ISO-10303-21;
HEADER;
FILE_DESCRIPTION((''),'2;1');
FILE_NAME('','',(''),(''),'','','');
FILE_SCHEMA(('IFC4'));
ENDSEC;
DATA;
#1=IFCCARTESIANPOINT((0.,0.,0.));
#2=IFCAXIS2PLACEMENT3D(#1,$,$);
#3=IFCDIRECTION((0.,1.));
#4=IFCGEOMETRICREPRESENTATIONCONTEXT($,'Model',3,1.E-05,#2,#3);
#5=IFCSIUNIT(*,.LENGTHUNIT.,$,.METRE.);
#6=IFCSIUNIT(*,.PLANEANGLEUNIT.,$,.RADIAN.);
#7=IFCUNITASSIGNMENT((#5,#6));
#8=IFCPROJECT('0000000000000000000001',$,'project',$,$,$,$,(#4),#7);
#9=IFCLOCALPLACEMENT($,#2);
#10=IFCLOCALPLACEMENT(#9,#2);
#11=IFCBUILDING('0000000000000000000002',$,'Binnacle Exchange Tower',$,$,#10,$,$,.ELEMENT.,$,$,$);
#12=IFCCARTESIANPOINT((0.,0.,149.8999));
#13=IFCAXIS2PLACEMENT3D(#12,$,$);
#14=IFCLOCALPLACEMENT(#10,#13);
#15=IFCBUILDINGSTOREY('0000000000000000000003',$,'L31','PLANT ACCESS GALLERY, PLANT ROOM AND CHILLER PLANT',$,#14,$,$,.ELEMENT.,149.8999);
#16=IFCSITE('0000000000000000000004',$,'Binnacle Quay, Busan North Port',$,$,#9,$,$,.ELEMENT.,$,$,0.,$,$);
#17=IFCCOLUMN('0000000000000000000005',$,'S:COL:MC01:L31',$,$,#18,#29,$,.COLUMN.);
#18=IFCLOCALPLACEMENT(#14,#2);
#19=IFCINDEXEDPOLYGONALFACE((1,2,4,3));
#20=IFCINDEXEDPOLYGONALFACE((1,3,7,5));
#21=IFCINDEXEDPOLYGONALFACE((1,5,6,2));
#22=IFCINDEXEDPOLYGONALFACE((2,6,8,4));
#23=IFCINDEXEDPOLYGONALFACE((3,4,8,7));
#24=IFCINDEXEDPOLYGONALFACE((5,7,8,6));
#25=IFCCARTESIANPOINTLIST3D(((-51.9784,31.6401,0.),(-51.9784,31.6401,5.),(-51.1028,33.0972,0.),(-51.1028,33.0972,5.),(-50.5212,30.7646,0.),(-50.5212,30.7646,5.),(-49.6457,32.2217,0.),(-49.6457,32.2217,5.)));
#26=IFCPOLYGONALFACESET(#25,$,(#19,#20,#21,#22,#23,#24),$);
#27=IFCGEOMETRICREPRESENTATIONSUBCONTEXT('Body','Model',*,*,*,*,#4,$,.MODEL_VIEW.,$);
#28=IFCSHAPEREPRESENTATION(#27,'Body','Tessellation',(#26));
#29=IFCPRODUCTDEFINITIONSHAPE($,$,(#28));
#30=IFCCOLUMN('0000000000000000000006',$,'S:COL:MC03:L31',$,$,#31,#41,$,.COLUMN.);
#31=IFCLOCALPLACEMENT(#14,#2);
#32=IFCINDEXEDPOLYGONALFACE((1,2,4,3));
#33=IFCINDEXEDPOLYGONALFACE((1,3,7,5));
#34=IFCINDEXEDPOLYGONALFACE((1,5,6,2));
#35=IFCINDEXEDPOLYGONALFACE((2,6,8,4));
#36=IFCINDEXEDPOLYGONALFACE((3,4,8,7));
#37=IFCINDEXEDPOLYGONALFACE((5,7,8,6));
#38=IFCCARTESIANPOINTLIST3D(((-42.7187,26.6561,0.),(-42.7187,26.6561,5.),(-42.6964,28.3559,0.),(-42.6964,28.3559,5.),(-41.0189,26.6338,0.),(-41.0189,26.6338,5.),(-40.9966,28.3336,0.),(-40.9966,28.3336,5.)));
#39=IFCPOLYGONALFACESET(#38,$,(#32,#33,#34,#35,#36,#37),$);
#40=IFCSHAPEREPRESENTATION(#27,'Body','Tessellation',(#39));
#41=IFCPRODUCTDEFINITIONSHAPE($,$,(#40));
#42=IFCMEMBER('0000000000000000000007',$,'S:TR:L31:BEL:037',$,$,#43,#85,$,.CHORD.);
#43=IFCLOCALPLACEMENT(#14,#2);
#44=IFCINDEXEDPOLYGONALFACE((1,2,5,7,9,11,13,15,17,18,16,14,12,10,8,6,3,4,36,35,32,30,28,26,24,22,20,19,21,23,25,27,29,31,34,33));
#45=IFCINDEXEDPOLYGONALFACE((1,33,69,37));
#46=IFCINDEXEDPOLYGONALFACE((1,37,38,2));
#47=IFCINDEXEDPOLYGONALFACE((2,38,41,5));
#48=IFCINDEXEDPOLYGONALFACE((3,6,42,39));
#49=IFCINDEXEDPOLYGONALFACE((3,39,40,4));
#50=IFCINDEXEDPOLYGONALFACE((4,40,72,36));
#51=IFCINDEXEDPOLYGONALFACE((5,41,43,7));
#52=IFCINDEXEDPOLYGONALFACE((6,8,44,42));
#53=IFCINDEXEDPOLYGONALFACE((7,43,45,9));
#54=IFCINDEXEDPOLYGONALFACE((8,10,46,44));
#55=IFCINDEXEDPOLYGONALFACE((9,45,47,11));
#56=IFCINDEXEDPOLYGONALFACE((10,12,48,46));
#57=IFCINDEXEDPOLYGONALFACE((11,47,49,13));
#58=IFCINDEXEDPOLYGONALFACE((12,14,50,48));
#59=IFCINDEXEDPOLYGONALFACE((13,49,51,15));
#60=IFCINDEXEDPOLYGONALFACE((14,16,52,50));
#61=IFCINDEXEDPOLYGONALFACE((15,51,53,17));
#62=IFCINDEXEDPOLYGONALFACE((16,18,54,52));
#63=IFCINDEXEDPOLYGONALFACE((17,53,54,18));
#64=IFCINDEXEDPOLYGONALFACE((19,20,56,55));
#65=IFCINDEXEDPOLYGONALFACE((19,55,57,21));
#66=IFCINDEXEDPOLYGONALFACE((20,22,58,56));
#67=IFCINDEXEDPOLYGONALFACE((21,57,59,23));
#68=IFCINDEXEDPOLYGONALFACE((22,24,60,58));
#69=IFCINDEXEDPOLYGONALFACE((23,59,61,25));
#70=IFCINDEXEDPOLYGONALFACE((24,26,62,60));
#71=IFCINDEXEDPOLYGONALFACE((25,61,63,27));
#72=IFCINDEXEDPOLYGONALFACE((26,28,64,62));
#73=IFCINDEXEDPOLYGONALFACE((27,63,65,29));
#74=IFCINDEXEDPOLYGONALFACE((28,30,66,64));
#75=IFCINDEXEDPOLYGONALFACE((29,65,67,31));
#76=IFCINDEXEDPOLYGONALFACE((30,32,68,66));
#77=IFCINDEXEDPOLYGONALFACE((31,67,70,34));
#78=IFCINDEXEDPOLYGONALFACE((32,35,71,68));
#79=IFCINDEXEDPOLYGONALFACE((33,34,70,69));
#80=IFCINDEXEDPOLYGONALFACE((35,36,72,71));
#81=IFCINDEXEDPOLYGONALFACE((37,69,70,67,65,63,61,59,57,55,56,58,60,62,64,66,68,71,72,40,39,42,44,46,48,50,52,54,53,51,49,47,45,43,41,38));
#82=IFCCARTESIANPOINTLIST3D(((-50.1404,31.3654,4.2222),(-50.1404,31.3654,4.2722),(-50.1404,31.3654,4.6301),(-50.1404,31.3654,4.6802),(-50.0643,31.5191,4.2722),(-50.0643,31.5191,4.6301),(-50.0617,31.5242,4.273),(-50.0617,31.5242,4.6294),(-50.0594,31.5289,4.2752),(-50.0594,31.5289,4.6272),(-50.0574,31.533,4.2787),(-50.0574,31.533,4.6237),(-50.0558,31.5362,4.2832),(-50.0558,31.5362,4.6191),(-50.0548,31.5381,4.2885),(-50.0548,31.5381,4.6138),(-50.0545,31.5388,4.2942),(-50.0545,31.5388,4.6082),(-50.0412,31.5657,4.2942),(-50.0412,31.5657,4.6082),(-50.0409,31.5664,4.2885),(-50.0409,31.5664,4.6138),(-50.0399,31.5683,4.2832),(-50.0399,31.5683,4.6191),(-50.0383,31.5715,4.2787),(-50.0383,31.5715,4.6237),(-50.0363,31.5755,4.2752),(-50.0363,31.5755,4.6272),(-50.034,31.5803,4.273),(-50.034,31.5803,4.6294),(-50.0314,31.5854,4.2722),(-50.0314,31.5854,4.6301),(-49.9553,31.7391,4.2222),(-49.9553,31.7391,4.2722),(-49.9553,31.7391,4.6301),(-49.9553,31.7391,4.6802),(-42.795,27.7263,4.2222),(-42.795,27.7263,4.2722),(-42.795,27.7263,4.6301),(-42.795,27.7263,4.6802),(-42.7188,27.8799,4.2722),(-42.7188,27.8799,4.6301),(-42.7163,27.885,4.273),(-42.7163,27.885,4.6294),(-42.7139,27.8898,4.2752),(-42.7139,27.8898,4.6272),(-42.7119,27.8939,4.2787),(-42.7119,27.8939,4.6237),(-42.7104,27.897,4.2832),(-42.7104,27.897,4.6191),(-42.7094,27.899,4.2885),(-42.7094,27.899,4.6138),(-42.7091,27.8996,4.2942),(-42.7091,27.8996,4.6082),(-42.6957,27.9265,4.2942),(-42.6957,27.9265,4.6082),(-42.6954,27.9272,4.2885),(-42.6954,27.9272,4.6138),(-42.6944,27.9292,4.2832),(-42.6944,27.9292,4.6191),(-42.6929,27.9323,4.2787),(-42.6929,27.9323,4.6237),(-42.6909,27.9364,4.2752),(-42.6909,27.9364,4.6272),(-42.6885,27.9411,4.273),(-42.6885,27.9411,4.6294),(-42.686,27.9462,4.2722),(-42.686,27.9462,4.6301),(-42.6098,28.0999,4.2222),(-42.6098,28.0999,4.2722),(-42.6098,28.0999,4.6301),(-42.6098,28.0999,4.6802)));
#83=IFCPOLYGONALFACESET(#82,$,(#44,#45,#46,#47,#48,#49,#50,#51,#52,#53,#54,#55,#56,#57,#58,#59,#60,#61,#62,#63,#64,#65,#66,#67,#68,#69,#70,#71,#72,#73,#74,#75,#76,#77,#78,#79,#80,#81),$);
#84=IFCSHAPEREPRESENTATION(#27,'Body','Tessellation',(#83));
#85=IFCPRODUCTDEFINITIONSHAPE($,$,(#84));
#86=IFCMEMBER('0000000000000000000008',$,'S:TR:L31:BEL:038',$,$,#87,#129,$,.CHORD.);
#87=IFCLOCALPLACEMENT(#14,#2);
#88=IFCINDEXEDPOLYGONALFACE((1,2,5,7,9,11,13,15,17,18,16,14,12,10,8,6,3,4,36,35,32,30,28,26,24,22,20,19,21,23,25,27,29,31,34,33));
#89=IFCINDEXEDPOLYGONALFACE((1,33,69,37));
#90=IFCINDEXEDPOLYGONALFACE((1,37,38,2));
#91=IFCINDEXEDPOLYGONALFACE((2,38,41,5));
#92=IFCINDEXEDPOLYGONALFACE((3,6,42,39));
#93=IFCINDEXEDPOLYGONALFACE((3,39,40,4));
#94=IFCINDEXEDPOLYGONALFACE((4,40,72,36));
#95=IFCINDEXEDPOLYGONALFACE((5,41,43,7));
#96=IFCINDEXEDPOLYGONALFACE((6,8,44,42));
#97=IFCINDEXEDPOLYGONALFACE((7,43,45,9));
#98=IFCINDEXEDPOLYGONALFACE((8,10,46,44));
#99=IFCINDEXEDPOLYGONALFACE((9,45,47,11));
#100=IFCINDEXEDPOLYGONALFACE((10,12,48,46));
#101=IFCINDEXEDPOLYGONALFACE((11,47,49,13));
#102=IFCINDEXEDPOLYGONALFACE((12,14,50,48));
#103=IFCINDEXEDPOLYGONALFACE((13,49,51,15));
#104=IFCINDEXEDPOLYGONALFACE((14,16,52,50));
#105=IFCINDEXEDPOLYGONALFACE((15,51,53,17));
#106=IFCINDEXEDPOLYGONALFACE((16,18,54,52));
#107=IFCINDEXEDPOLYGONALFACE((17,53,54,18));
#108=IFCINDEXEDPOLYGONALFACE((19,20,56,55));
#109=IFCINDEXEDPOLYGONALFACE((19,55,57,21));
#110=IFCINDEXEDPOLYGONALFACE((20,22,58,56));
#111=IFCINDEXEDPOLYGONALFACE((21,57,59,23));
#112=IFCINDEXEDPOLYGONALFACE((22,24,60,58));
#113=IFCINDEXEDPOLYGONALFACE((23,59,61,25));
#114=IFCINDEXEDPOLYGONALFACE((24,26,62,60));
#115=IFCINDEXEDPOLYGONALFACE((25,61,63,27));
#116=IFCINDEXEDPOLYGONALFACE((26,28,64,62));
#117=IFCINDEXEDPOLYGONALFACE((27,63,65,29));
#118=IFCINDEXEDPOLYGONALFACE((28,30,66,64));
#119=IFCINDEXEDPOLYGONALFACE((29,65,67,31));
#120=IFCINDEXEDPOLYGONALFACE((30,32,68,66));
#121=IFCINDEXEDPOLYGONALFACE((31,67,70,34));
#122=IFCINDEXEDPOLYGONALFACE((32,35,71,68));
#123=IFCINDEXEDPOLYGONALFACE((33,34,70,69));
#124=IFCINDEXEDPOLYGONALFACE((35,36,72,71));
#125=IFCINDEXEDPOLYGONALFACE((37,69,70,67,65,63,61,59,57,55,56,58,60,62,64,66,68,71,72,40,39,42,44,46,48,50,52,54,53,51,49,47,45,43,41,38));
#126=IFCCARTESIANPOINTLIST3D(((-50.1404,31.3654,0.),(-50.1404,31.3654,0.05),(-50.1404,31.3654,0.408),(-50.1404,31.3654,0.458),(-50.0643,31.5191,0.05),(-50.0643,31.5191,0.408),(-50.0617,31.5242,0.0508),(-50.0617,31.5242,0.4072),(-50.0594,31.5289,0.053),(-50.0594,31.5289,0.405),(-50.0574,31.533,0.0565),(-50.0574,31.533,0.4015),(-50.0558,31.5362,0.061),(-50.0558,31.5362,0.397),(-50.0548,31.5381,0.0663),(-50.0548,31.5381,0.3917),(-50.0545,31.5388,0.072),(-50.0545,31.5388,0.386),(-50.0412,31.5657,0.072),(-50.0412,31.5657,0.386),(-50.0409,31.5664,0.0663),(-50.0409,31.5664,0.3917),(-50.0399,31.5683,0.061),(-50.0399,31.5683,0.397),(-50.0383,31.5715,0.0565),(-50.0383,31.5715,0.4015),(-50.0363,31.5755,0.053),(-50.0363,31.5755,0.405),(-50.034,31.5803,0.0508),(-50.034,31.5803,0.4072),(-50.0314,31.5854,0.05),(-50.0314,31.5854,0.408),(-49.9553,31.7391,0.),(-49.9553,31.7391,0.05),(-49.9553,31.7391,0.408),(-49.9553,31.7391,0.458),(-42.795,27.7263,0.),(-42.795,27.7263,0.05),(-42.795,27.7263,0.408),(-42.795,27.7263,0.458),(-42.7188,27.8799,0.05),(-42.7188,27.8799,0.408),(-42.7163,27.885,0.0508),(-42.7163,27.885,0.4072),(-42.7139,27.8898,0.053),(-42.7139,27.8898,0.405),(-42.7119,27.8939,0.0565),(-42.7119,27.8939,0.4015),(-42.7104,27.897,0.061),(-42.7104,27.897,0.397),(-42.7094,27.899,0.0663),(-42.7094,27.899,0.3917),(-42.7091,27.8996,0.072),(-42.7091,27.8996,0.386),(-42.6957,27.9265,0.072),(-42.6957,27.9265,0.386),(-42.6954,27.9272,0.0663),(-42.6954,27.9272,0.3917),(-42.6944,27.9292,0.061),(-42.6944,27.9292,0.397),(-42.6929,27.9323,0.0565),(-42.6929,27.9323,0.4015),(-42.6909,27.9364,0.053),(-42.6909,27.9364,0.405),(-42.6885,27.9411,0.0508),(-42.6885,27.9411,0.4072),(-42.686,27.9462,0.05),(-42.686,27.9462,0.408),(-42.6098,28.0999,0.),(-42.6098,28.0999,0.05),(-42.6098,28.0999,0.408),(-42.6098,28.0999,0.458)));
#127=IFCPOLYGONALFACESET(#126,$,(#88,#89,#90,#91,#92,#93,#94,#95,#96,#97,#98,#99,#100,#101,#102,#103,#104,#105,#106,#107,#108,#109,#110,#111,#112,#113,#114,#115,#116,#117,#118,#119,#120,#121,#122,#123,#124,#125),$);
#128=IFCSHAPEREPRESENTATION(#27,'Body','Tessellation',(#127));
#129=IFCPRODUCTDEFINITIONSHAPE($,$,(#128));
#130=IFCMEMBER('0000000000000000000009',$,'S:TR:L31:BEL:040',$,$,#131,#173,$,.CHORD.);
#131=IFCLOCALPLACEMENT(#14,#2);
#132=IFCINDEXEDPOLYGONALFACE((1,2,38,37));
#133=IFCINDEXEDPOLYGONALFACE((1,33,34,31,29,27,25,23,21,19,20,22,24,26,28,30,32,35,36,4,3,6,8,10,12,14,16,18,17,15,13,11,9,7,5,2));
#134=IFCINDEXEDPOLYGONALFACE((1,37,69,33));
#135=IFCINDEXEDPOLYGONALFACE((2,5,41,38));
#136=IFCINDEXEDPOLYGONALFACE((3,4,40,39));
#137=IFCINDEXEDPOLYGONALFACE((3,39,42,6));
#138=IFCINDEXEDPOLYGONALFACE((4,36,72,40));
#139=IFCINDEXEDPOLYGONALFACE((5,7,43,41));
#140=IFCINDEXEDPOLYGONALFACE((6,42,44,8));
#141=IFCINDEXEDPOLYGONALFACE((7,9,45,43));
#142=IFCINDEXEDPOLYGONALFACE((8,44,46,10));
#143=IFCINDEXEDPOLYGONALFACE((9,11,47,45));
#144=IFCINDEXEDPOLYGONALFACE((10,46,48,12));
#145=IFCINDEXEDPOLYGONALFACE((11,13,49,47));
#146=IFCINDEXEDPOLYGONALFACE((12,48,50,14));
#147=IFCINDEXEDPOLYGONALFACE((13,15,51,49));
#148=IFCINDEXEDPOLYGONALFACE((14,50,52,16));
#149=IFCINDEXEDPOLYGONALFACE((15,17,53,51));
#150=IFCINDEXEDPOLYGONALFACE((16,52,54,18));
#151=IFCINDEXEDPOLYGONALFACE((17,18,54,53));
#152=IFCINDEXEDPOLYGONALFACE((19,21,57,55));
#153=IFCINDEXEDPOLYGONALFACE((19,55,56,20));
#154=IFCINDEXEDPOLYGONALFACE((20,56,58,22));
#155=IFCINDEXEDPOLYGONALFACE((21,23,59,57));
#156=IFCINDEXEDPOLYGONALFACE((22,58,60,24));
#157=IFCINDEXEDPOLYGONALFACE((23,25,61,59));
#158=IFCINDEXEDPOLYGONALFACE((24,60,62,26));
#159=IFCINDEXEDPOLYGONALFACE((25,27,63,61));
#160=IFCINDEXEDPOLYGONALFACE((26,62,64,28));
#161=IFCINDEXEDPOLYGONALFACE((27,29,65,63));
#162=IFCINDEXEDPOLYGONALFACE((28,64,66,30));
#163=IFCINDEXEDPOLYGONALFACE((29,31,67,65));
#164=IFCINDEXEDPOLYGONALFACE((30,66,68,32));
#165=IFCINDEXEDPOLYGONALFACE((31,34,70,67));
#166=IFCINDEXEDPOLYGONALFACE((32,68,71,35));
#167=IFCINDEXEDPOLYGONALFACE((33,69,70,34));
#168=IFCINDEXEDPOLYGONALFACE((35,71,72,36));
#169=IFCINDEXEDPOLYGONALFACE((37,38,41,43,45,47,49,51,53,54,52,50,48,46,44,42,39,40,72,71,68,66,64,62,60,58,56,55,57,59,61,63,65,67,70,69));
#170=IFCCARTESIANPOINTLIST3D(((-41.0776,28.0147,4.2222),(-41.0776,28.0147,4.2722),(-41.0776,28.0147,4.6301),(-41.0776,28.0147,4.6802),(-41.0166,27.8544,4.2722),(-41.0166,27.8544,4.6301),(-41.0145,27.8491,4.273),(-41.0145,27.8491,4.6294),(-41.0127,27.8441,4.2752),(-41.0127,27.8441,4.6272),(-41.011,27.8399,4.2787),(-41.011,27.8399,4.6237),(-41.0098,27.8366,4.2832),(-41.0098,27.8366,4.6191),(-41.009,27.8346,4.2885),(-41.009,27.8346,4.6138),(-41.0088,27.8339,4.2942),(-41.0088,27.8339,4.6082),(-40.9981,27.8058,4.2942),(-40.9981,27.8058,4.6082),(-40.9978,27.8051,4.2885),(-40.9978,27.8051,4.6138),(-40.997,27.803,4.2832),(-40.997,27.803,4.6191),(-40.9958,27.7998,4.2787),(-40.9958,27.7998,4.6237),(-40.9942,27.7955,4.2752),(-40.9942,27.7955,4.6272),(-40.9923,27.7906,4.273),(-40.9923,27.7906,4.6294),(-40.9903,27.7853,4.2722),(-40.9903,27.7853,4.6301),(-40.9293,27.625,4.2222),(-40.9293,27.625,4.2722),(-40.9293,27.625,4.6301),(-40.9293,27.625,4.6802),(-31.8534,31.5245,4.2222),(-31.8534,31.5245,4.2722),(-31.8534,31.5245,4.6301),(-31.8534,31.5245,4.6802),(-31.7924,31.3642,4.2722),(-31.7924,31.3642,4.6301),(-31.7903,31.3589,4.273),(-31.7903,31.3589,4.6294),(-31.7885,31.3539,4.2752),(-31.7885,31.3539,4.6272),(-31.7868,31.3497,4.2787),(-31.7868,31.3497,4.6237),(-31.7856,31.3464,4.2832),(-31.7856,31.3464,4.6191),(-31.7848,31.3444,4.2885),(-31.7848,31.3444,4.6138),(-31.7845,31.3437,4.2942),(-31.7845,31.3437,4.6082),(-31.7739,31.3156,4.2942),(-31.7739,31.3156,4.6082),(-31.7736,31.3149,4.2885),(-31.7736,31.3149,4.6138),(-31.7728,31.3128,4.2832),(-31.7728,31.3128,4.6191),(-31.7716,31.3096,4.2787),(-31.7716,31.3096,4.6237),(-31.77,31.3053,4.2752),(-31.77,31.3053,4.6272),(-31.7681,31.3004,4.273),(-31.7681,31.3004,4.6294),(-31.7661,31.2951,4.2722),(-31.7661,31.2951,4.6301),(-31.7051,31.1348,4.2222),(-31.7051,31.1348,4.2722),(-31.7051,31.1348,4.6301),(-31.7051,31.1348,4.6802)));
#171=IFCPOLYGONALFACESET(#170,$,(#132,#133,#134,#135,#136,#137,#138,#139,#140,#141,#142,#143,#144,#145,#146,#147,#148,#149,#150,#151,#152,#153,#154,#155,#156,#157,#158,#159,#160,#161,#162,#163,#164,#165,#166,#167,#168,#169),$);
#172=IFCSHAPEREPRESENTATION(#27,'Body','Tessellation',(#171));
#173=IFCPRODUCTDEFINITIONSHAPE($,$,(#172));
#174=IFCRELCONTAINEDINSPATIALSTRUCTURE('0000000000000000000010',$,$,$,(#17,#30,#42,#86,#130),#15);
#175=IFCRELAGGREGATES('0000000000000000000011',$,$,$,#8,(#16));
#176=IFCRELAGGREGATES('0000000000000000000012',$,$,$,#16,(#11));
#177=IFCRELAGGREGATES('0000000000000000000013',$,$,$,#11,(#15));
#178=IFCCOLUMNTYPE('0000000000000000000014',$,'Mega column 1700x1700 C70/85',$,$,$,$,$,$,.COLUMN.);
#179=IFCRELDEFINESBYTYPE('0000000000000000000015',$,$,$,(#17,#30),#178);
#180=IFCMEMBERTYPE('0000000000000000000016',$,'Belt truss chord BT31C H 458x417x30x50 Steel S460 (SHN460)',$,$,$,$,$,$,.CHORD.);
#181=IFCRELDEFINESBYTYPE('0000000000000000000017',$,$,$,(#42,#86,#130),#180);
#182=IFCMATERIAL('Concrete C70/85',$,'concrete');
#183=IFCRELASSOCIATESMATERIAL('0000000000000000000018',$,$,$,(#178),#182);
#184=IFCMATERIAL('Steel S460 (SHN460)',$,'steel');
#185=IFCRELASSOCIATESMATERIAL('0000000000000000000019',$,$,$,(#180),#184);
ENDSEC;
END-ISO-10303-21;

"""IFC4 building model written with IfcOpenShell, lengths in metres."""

from ifc_helpers import new_model, si_unit, direction, frame, origin, origin_2d, place, context, subcontext, project, spatial, rectangle, i_section, extrude, material, material_profile, profile_set, type_object, element, save


model = new_model("IFC4")

# Units and contexts
model_context = context("Model", 3, precision=1e-05, world=origin(), true_north=direction((0.0, 1.0)))
body_context = subcontext(model_context, "Body", "Model", "MODEL_VIEW")
ifc_project = project(units=[si_unit("LENGTHUNIT", "METRE"), si_unit("PLANEANGLEUNIT", "RADIAN")], contexts=[model_context])

# Site, building, storey
site_placement = place(None, origin())
site = spatial("IfcSite", under=ifc_project, at=site_placement, Name="Binnacle Quay, Busan North Port", CompositionType="ELEMENT", RefElevation=0.0)
building_placement = place(site_placement, origin())
building = spatial("IfcBuilding", under=site, at=building_placement, Name="Binnacle Exchange Tower", CompositionType="ELEMENT")
storey_placement = place(building_placement, frame((0.0, 0.0, 149.8999)))
storey = spatial("IfcBuildingStorey", under=building, at=storey_placement, Name="L31", Description="PLANT ACCESS GALLERY, PLANT ROOM AND CHILLER PLANT", CompositionType="ELEMENT", Elevation=149.8999)

# Columns
ifc_material_1 = material(Name="Concrete C70/85", Category="concrete")
ifc_material_profile_1 = material_profile(ifc_material_1, rectangle(XDim=1.7, YDim=1.7, at=origin_2d()), Name="Mega column 1700x1700 C70/85")
ifc_profile_set_1 = profile_set([ifc_material_profile_1], Name="Concrete C70/85")
column_type = type_object("IfcColumnType", Name="Mega column 1700x1700 C70/85", PredefinedType="COLUMN", material=ifc_profile_set_1)
for number, where, z_axis, x_axis, name in (
    (1, (-50.812, 31.9309, 0.0), (0.0, 0.0, 1.0), (0.857167, -0.515038, 0.0), "S:COL:MC01:L31"),
    (2, (-41.8577, 27.4949, 0.0), (0.0, 0.0, 1.0), (0.999914, -0.01309, 0.0), "S:COL:MC03:L31"),
):
    element("IfcColumn", number, at=place(storey_placement, frame(where, z_axis=z_axis, x_axis=x_axis)), inside=storey, type_object=column_type, Name=name, PredefinedType="COLUMN", context=body_context, shape_type="SweptSolid", body=[
        extrude(rectangle(XDim=1.7, YDim=1.7, at=origin_2d()), origin(), (0.0, 0.0, 1.0), 5.0),
    ])

# Members
ifc_material_2 = material(Name="Steel S460 (SHN460)", Category="steel")
ifc_material_profile_2 = material_profile(ifc_material_2, i_section(OverallWidth=0.417, OverallDepth=0.458, WebThickness=0.03, FlangeThickness=0.05, FilletRadius=0.022, at=origin_2d()), Name="H 458x417x30x50")
ifc_profile_set_2 = profile_set([ifc_material_profile_2], Name="Steel S460 (SHN460)")
member_type_1 = type_object("IfcMemberType", Name="Belt truss chord BT31C H 458x417x30x50 Steel S460 (SHN460)", PredefinedType="CHORD", material=ifc_profile_set_2)
for number, where, z_axis, x_axis, name in (
    (3, (-50.0479, 31.5522, 4.4512), (0.896059, -0.443935, 0.0), (0.443935, 0.896059, 0.0), "S:TR:L31:BEL:037"),
    (4, (-50.0479, 31.5522, 0.229), (0.896059, -0.443935, 0.0), (0.443935, 0.896059, 0.0), "S:TR:L31:BEL:038"),
):
    element("IfcMember", number, at=place(storey_placement, frame(where, z_axis=z_axis, x_axis=x_axis)), inside=storey, type_object=member_type_1, Name=name, PredefinedType="CHORD", context=body_context, shape_type="SweptSolid", body=[
        extrude(i_section(OverallWidth=0.417, OverallDepth=0.458, WebThickness=0.03, FlangeThickness=0.05, FilletRadius=0.022, at=origin_2d()), origin(), (0.0, 0.0, 1.0), 8.1975),
    ])
member_1_placement = place(storey_placement, frame((-41.0034, 27.8198, 4.4512), z_axis=(0.934629, 0.355625, 0.0), x_axis=(-0.355625, 0.934629, 0.0)))
element("IfcMember", 5, at=member_1_placement, inside=storey, type_object=member_type_1, Name="S:TR:L31:BEL:040", PredefinedType="CHORD", context=body_context, shape_type="SweptSolid", body=[
    extrude(i_section(OverallWidth=0.417, OverallDepth=0.458, WebThickness=0.03, FlangeThickness=0.05, FilletRadius=0.022, at=origin_2d()), origin(), (0.0, 0.0, 1.0), 9.8694),
])

save(model, "model.ifc")
